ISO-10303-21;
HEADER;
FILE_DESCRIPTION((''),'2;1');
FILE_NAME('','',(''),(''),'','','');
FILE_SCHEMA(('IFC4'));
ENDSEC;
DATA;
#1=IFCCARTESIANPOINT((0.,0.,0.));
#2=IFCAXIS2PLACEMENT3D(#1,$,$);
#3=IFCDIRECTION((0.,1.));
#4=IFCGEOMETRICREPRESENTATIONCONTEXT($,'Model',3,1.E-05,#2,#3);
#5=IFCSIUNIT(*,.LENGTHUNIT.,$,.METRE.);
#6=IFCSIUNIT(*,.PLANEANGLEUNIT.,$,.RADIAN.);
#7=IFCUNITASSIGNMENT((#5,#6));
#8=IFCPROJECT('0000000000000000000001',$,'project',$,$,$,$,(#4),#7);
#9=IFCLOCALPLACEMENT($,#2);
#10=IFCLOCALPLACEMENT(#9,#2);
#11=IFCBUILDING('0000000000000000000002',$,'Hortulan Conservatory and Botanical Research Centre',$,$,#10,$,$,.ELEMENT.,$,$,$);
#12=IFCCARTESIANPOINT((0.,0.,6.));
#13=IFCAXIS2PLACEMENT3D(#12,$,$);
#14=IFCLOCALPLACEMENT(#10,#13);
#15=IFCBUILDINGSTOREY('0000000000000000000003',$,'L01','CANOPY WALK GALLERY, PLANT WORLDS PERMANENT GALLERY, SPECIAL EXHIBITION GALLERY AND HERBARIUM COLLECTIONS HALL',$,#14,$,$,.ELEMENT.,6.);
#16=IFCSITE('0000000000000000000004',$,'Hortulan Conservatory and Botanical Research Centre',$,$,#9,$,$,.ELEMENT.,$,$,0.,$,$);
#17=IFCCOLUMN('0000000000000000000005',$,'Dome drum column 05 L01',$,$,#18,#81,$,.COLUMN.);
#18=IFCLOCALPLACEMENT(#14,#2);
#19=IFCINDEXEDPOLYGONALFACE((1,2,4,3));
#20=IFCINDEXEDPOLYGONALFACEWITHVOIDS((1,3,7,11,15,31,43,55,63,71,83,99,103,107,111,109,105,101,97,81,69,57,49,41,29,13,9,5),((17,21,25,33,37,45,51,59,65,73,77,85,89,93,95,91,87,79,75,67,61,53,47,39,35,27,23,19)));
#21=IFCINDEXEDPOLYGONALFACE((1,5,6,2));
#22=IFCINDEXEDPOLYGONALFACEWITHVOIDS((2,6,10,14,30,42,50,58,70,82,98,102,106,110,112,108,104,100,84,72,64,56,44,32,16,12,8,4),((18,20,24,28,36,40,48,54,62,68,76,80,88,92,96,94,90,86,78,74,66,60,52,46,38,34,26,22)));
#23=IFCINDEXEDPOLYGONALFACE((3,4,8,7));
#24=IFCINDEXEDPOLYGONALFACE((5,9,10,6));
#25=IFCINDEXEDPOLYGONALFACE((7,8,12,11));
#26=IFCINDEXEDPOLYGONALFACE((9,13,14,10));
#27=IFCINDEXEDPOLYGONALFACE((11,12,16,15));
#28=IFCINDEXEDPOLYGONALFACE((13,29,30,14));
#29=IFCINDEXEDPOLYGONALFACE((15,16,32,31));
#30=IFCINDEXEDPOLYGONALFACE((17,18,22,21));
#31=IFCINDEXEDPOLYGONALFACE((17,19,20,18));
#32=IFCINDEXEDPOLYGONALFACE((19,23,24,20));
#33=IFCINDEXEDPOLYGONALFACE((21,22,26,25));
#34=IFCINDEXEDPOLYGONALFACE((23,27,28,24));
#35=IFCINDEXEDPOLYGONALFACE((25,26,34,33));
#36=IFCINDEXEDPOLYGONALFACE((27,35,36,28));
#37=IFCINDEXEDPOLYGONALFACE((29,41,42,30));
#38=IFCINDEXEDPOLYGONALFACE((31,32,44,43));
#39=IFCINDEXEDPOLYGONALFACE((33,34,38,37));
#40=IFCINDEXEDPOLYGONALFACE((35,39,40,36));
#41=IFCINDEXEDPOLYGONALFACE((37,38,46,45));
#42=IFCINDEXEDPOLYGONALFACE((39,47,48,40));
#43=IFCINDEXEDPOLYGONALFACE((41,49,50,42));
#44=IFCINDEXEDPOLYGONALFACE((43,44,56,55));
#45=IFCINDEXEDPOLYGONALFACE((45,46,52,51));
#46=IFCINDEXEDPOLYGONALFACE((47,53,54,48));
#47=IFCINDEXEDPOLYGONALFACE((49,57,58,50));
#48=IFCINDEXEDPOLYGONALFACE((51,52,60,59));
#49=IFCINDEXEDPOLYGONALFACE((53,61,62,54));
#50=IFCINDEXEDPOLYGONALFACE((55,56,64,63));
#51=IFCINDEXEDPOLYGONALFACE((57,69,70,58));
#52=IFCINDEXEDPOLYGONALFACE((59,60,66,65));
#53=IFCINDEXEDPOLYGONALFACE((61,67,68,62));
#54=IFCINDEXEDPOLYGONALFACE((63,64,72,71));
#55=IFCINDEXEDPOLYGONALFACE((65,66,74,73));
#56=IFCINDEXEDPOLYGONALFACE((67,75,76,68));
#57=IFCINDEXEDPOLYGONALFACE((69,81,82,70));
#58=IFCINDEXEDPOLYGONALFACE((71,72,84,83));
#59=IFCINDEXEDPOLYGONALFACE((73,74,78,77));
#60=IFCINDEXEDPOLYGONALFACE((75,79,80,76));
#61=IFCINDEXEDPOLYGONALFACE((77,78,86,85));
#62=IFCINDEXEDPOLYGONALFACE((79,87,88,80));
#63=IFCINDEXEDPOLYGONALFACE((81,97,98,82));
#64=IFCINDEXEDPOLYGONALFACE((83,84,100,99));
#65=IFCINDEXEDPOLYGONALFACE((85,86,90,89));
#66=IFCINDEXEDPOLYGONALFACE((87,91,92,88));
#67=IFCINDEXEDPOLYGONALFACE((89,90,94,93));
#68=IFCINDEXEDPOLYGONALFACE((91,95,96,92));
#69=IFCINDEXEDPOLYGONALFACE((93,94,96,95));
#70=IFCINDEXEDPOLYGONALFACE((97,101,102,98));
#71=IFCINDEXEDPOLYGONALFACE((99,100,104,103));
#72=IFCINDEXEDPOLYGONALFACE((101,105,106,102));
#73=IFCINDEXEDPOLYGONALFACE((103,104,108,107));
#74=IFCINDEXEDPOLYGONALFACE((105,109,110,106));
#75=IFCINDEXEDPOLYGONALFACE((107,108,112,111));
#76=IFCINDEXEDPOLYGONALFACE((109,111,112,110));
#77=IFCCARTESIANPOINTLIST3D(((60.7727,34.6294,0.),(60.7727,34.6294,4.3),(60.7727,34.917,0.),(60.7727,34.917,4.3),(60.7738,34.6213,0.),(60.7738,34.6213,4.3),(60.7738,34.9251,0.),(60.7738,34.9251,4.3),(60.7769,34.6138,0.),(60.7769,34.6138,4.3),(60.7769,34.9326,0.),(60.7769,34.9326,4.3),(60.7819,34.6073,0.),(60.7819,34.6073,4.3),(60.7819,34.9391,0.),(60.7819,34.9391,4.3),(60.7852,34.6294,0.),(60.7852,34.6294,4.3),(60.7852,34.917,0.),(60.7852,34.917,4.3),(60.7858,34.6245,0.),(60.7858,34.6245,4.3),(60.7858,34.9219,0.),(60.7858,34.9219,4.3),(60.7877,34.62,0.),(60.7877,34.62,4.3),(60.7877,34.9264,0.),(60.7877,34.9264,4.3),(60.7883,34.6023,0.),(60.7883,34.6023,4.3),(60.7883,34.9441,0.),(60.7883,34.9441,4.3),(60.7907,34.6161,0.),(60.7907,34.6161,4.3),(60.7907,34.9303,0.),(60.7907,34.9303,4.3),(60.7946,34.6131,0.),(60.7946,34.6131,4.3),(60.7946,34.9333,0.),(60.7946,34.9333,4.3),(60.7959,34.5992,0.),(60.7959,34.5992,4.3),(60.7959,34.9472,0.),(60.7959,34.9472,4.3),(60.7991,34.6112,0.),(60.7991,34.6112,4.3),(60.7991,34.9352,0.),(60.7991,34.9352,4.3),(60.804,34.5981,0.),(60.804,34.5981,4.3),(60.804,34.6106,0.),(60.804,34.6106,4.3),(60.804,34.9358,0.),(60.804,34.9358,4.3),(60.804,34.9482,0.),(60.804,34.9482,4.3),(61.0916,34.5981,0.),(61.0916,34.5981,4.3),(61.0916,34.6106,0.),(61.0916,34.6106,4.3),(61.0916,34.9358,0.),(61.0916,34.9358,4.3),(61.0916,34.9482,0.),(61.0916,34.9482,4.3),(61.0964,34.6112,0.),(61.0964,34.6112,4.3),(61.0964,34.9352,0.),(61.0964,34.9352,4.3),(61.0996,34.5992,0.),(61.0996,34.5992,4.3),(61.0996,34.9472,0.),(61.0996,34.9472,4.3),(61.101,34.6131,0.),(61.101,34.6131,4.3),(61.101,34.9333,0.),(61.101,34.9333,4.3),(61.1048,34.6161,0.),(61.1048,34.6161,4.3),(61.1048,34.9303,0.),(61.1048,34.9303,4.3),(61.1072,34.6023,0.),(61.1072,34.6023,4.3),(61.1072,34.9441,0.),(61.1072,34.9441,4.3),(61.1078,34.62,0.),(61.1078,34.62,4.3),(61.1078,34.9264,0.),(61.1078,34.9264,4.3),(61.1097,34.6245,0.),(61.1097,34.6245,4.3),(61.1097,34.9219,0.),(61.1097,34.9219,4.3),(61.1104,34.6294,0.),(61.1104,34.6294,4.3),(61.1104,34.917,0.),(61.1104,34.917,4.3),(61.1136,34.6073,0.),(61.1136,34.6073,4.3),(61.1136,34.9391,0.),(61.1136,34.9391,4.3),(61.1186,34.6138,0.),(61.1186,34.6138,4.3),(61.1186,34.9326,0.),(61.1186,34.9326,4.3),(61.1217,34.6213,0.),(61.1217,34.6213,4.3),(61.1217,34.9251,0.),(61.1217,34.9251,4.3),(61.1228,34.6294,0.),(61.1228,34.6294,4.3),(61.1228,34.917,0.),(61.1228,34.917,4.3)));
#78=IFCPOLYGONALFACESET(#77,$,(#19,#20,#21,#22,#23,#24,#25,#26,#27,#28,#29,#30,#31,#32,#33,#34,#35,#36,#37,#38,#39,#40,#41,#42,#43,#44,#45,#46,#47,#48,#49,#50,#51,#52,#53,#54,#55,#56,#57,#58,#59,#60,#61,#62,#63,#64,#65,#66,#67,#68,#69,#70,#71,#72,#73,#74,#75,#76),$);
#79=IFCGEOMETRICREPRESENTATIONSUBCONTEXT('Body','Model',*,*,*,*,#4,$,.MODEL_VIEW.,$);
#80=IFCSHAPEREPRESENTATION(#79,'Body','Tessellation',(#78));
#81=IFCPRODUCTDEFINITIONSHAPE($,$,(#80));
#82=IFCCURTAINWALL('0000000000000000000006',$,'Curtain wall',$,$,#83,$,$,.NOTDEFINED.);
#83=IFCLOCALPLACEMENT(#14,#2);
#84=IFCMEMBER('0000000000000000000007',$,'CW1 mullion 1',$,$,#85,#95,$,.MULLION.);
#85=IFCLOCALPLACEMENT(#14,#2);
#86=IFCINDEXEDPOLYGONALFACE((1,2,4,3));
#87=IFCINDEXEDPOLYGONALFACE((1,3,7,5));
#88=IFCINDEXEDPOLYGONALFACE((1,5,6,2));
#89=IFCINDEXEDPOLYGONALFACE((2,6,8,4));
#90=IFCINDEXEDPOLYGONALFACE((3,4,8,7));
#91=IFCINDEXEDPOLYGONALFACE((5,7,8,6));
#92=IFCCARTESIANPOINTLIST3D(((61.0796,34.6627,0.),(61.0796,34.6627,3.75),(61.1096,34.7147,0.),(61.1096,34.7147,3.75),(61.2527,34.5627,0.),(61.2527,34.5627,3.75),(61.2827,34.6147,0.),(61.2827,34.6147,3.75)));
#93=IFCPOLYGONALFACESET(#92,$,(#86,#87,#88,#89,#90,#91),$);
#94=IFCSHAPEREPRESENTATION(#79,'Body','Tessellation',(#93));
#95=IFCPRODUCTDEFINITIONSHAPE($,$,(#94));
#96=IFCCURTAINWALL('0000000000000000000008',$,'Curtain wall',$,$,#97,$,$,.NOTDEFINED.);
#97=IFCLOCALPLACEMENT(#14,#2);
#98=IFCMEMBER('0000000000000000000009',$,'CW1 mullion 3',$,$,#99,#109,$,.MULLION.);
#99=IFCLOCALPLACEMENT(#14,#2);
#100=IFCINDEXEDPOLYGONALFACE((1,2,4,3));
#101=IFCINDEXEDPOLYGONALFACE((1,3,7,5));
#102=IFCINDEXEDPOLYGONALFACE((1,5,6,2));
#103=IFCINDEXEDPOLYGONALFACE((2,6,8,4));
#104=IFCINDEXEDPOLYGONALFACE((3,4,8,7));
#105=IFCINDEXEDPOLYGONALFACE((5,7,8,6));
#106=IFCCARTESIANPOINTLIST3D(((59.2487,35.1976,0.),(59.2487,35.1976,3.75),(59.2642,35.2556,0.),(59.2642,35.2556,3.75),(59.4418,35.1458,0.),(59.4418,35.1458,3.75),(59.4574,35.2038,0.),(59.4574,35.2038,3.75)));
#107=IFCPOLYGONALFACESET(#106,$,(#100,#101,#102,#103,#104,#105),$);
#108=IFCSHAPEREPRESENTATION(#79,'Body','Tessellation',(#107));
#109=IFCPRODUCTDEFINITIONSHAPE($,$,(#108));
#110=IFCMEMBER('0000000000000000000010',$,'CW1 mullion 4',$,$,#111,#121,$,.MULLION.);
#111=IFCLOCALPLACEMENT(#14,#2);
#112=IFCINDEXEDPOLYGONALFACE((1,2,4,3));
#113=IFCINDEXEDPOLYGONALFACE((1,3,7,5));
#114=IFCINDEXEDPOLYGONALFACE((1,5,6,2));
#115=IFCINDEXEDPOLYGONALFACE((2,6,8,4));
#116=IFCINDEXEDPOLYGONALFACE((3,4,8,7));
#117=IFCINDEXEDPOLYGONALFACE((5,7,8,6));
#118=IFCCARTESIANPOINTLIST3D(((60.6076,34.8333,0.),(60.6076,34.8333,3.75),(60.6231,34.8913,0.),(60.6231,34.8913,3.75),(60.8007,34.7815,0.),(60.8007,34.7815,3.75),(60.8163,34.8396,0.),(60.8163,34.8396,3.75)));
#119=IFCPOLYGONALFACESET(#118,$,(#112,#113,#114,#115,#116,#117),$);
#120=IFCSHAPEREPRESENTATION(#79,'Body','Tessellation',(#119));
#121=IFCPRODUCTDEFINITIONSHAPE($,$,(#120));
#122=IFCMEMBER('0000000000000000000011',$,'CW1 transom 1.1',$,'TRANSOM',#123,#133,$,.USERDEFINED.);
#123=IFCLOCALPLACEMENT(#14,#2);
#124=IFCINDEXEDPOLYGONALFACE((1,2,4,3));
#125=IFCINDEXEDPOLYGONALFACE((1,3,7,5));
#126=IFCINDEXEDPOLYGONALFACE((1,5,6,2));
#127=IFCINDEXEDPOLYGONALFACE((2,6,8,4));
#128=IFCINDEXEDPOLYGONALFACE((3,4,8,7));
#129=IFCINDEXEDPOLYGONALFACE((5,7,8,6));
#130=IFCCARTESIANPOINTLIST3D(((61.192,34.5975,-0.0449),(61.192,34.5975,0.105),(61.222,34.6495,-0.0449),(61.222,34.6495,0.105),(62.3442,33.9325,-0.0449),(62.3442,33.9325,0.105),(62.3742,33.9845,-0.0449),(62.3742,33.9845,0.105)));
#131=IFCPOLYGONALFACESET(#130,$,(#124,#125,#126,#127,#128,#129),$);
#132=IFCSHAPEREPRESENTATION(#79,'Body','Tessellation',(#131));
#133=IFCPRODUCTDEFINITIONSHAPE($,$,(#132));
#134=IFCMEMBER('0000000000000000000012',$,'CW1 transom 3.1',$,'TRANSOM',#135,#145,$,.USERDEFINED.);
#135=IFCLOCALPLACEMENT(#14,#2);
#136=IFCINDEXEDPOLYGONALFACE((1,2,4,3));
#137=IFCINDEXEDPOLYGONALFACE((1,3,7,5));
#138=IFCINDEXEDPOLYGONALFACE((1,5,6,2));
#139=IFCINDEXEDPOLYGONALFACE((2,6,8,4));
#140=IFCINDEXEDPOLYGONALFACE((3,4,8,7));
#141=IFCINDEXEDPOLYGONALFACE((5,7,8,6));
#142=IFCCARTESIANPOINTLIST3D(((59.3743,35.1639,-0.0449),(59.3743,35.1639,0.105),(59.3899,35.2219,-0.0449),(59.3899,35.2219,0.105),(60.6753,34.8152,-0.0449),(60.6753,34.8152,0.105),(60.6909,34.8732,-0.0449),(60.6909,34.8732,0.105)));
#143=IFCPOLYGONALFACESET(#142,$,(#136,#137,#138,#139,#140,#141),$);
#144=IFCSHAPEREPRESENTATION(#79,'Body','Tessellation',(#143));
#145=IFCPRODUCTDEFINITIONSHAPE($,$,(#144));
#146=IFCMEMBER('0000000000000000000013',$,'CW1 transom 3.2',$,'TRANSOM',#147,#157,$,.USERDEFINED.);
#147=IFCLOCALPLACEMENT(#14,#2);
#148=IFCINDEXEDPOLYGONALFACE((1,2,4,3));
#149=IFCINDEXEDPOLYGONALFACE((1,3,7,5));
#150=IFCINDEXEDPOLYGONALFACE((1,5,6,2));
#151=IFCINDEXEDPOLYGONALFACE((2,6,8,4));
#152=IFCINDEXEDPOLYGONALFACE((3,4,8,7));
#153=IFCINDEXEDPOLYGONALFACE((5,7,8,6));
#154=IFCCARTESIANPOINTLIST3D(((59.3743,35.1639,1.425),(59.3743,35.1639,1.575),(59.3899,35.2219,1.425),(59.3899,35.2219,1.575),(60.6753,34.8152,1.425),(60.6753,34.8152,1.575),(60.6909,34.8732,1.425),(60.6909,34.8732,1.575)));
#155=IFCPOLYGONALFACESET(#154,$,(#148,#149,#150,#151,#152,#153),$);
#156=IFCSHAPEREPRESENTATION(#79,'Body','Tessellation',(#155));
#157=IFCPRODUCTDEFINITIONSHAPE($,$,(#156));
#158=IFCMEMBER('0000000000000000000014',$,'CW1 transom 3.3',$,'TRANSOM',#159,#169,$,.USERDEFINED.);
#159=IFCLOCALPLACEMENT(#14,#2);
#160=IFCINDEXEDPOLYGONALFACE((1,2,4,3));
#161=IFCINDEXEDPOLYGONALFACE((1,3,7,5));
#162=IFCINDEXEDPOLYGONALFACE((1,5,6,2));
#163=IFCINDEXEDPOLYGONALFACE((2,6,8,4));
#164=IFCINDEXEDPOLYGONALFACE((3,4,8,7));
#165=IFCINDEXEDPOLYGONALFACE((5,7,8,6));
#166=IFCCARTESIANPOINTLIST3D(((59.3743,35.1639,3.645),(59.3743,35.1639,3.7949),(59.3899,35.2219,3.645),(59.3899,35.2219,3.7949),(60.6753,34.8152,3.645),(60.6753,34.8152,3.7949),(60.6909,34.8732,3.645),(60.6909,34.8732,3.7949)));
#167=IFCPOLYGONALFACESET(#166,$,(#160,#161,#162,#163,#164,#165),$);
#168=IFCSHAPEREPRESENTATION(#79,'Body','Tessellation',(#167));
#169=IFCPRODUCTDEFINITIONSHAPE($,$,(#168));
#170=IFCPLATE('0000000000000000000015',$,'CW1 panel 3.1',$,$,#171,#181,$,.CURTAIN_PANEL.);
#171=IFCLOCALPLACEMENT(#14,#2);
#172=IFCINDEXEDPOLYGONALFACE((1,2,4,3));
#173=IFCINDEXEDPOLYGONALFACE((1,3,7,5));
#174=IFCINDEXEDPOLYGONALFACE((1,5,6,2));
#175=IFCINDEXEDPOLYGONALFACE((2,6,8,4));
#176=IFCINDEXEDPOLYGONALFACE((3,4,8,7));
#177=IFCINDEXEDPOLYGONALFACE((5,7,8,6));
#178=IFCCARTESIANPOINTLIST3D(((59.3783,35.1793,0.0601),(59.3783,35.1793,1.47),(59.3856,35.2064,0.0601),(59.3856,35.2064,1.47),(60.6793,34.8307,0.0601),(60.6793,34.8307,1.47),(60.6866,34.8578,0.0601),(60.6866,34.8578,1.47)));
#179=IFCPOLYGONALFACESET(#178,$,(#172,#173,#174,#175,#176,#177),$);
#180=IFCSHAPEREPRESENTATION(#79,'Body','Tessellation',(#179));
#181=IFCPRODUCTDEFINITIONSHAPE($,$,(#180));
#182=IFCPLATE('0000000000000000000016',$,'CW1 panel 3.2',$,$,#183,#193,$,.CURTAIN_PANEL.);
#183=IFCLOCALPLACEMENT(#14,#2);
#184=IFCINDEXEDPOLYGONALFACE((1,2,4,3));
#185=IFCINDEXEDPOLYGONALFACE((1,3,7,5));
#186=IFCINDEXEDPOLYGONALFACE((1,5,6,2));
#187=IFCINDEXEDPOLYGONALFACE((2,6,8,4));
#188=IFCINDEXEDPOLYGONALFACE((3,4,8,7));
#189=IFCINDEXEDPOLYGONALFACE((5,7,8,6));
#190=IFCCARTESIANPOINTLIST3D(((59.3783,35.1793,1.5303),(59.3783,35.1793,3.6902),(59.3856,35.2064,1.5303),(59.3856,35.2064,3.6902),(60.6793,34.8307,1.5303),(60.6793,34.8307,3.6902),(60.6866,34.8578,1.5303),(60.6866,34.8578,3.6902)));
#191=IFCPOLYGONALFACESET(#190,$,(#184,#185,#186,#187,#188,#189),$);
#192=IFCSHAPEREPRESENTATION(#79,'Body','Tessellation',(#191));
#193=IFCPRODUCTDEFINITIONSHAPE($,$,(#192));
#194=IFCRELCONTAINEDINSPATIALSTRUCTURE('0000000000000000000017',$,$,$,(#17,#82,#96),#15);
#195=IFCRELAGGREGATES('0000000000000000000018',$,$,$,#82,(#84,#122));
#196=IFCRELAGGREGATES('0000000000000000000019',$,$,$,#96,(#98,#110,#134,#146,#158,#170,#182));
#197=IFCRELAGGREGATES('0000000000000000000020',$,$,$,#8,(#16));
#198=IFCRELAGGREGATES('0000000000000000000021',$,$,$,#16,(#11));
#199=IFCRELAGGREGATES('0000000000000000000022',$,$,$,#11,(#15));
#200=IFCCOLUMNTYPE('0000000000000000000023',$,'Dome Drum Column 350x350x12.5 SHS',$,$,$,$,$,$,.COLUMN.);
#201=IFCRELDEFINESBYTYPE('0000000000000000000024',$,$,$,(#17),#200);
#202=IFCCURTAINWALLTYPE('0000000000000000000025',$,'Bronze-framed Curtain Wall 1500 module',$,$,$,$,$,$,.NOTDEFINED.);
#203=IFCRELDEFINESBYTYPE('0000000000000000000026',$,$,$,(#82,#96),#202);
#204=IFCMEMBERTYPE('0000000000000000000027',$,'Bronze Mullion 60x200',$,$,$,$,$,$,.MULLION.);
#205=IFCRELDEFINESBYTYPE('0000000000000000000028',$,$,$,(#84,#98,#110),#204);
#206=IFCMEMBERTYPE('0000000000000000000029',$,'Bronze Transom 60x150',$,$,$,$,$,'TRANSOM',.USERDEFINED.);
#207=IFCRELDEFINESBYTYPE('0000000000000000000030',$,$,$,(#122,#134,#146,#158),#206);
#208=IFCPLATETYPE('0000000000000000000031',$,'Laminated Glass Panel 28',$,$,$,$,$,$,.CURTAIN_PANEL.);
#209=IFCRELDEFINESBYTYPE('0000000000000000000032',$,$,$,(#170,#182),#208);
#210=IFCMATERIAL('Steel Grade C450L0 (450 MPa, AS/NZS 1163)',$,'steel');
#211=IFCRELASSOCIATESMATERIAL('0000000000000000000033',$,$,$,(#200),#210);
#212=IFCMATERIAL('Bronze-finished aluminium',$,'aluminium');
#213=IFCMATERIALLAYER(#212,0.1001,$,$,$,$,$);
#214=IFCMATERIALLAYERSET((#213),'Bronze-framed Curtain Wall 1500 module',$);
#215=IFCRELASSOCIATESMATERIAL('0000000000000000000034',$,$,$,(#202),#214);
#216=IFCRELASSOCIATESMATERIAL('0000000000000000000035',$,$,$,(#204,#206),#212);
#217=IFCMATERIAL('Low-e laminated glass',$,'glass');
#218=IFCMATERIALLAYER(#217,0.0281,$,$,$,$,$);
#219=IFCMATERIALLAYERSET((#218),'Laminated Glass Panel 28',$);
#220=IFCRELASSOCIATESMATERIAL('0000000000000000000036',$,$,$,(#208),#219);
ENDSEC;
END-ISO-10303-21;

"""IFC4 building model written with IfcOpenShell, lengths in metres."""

from ifc_helpers import new_model, si_unit, direction, frame, origin, origin_2d, place, context, subcontext, project, spatial, rectangle, hollow_rectangle, extrude, material, layer, layer_set, material_profile, profile_set, type_object, element, aggregate, save


model = new_model("IFC4")

# Units and contexts
model_context = context("Model", 3, precision=1e-05, world=origin(), true_north=direction((0.0, 1.0)))
body_context = subcontext(model_context, "Body", "Model", "MODEL_VIEW")
ifc_project = project(units=[si_unit("LENGTHUNIT", "METRE"), si_unit("PLANEANGLEUNIT", "RADIAN")], contexts=[model_context])

# Site, building, storey
site_placement = place(None, origin())
site = spatial("IfcSite", under=ifc_project, at=site_placement, Name="Hortulan Conservatory and Botanical Research Centre", CompositionType="ELEMENT", RefElevation=0.0)
building_placement = place(site_placement, origin())
building = spatial("IfcBuilding", under=site, at=building_placement, Name="Hortulan Conservatory and Botanical Research Centre", CompositionType="ELEMENT")
storey_placement = place(building_placement, frame((0.0, 0.0, 6.0)))
storey = spatial("IfcBuildingStorey", under=building, at=storey_placement, Name="L01", Description="CANOPY WALK GALLERY, PLANT WORLDS PERMANENT GALLERY, SPECIAL EXHIBITION GALLERY AND HERBARIUM COLLECTIONS HALL", CompositionType="ELEMENT", Elevation=6.0)

# Column
ifc_material_1 = material(Name="Steel Grade C450L0 (450 MPa, AS/NZS 1163)", Category="steel")
ifc_material_profile_1 = material_profile(ifc_material_1, hollow_rectangle(XDim=0.3501, YDim=0.3501, WallThickness=0.0125, InnerFilletRadius=0.0188, OuterFilletRadius=0.0312, at=origin_2d()), Name="350x350x12.5SHS")
ifc_profile_set_1 = profile_set([ifc_material_profile_1], Name="Steel Grade C450L0 (450 MPa, AS/NZS 1163)")
column_type = type_object("IfcColumnType", Name="Dome Drum Column 350x350x12.5 SHS", PredefinedType="COLUMN", material=ifc_profile_set_1)
column_placement = place(storey_placement, frame((60.9478, 34.7732, 0.0), z_axis=(0.0, 0.0, 1.0), x_axis=(1.0, 0.0, 0.0)))
element("IfcColumn", 1, at=column_placement, inside=storey, type_object=column_type, Name="Dome drum column 05 L01", PredefinedType="COLUMN", context=body_context, shape_type="SweptSolid", body=[
    extrude(hollow_rectangle(XDim=0.3501, YDim=0.3501, WallThickness=0.0125, InnerFilletRadius=0.0188, OuterFilletRadius=0.0312, at=origin_2d()), origin(), (0.0, 0.0, 1.0), 4.3),
])

# Curtain wall, member
ifc_material_2 = material(Name="Bronze-finished aluminium", Category="aluminium")
ifc_layer_1 = layer(ifc_material_2, 0.1001)
ifc_layer_set_1 = layer_set([ifc_layer_1], Name="Bronze-framed Curtain Wall 1500 module")
curtain_wall_type = type_object("IfcCurtainWallType", Name="Bronze-framed Curtain Wall 1500 module", PredefinedType="NOTDEFINED", material=ifc_layer_set_1)
curtain_wall_1_placement = place(storey_placement, origin())
curtain_wall_1 = element("IfcCurtainWall", 2, at=curtain_wall_1_placement, inside=storey, type_object=curtain_wall_type, Name="Curtain wall", PredefinedType="NOTDEFINED")
ifc_material_profile_2 = material_profile(ifc_material_2, rectangle(XDim=0.0601, YDim=0.2, at=origin_2d()), Name="Bronze Mullion 60x200")
ifc_profile_set_2 = profile_set([ifc_material_profile_2], Name="Bronze-finished aluminium")
member_type_1 = type_object("IfcMemberType", Name="Bronze Mullion 60x200", PredefinedType="MULLION", material=ifc_profile_set_2)
member_1_placement = place(storey_placement, frame((61.1812, 34.6387, 0.0), z_axis=(0.0, 0.0, 1.0), x_axis=(0.499981, 0.866036, 0.0)))
member_1 = element("IfcMember", 3, at=member_1_placement, type_object=member_type_1, Name="CW1 mullion 1", PredefinedType="MULLION", context=body_context, shape_type="SweptSolid", body=[
    extrude(rectangle(XDim=0.0601, YDim=0.2, at=origin_2d()), origin(), (0.0, 0.0, 1.0), 3.75),
])

# Curtain wall, members
curtain_wall_2_placement = place(storey_placement, origin())
curtain_wall_2 = element("IfcCurtainWall", 4, at=curtain_wall_2_placement, inside=storey, type_object=curtain_wall_type, Name="Curtain wall", PredefinedType="NOTDEFINED")
member_2_placement = place(storey_placement, frame((59.353, 35.2007, 0.0), z_axis=(0.0, 0.0, 1.0), x_axis=(0.258832, 0.965922, 0.0)))
member_2 = element("IfcMember", 5, at=member_2_placement, type_object=member_type_1, Name="CW1 mullion 3", PredefinedType="MULLION", context=body_context, shape_type="SweptSolid", body=[
    extrude(rectangle(XDim=0.0601, YDim=0.2, at=origin_2d()), origin(), (0.0, 0.0, 1.0), 3.75),
])
member_3_placement = place(storey_placement, frame((60.7119, 34.8364, 0.0), z_axis=(0.0, 0.0, 1.0), x_axis=(0.258832, 0.965922, 0.0)))
member_3 = element("IfcMember", 6, at=member_3_placement, type_object=member_type_1, Name="CW1 mullion 4", PredefinedType="MULLION", context=body_context, shape_type="SweptSolid", body=[
    extrude(rectangle(XDim=0.0601, YDim=0.2, at=origin_2d()), origin(), (0.0, 0.0, 1.0), 3.75),
])

# Members
ifc_material_profile_3 = material_profile(ifc_material_2, rectangle(XDim=0.0601, YDim=0.1499, at=origin_2d()), Name="Bronze Transom 60x150")
ifc_profile_set_3 = profile_set([ifc_material_profile_3], Name="Bronze-finished aluminium")
member_type_2 = type_object("IfcMemberType", Name="Bronze Transom 60x150", ElementType="TRANSOM", PredefinedType="USERDEFINED", material=ifc_profile_set_3)
member_4_placement = place(storey_placement, frame((61.207, 34.6235, 0.03), z_axis=(0.866066, -0.499929, 0.0), x_axis=(0.499929, 0.866066, 0.0)))
member_4 = element("IfcMember", 7, at=member_4_placement, type_object=member_type_2, Name="CW1 transom 1.1", ObjectType="TRANSOM", PredefinedType="USERDEFINED", context=body_context, shape_type="SweptSolid", body=[
    extrude(rectangle(XDim=0.0601, YDim=0.1499, at=origin_2d()), origin(), (0.0, 0.0, 1.0), 1.3303),
])
aggregate(curtain_wall_1, [member_1, member_4])
member_5_placement = place(storey_placement, frame((59.3821, 35.1929, 0.03), z_axis=(0.965921, -0.258836, 0.0), x_axis=(0.258836, 0.965921, 0.0)))
member_5 = element("IfcMember", 8, at=member_5_placement, type_object=member_type_2, Name="CW1 transom 3.1", ObjectType="TRANSOM", PredefinedType="USERDEFINED", context=body_context, shape_type="SweptSolid", body=[
    extrude(rectangle(XDim=0.0601, YDim=0.1499, at=origin_2d()), origin(), (0.0, 0.0, 1.0), 1.3469),
])
member_6_placement = place(storey_placement, frame((59.3821, 35.1929, 1.5), z_axis=(0.965921, -0.258836, 0.0), x_axis=(0.258836, 0.965921, 0.0)))
member_6 = element("IfcMember", 9, at=member_6_placement, type_object=member_type_2, Name="CW1 transom 3.2", ObjectType="TRANSOM", PredefinedType="USERDEFINED", context=body_context, shape_type="SweptSolid", body=[
    extrude(rectangle(XDim=0.0601, YDim=0.1499, at=origin_2d()), origin(), (0.0, 0.0, 1.0), 1.3469),
])
member_7_placement = place(storey_placement, frame((59.3821, 35.1929, 3.72), z_axis=(0.965921, -0.258836, 0.0), x_axis=(0.258836, 0.965921, 0.0)))
member_7 = element("IfcMember", 10, at=member_7_placement, type_object=member_type_2, Name="CW1 transom 3.3", ObjectType="TRANSOM", PredefinedType="USERDEFINED", context=body_context, shape_type="SweptSolid", body=[
    extrude(rectangle(XDim=0.0601, YDim=0.1499, at=origin_2d()), origin(), (0.0, 0.0, 1.0), 1.3469),
])

# Plates
ifc_material_3 = material(Name="Low-e laminated glass", Category="glass")
ifc_layer_2 = layer(ifc_material_3, 0.0281)
ifc_layer_set_2 = layer_set([ifc_layer_2], Name="Laminated Glass Panel 28")
plate_type = type_object("IfcPlateType", Name="Laminated Glass Panel 28", PredefinedType="CURTAIN_PANEL", material=ifc_layer_set_2)
plate_1_placement = place(storey_placement, frame((60.0325, 35.0186, 0.0601), z_axis=(0.0, 0.0, 1.0), x_axis=(0.965922, -0.258832, 0.0)))
plate_1 = element("IfcPlate", 11, at=plate_1_placement, type_object=plate_type, Name="CW1 panel 3.1", PredefinedType="CURTAIN_PANEL", context=body_context, shape_type="SweptSolid", body=[
    extrude(rectangle(XDim=1.3469, YDim=0.0281, at=origin_2d()), origin(), (0.0, 0.0, 1.0), 1.4099),
])
plate_2_placement = place(storey_placement, frame((60.0325, 35.0186, 1.5303), z_axis=(0.0, 0.0, 1.0), x_axis=(0.965922, -0.258832, 0.0)))
plate_2 = element("IfcPlate", 12, at=plate_2_placement, type_object=plate_type, Name="CW1 panel 3.2", PredefinedType="CURTAIN_PANEL", context=body_context, shape_type="SweptSolid", body=[
    extrude(rectangle(XDim=1.3469, YDim=0.0281, at=origin_2d()), origin(), (0.0, 0.0, 1.0), 2.1599),
])
aggregate(curtain_wall_2, [member_2, member_3, member_5, member_6, member_7, plate_1, plate_2])

save(model, "model.ifc")
